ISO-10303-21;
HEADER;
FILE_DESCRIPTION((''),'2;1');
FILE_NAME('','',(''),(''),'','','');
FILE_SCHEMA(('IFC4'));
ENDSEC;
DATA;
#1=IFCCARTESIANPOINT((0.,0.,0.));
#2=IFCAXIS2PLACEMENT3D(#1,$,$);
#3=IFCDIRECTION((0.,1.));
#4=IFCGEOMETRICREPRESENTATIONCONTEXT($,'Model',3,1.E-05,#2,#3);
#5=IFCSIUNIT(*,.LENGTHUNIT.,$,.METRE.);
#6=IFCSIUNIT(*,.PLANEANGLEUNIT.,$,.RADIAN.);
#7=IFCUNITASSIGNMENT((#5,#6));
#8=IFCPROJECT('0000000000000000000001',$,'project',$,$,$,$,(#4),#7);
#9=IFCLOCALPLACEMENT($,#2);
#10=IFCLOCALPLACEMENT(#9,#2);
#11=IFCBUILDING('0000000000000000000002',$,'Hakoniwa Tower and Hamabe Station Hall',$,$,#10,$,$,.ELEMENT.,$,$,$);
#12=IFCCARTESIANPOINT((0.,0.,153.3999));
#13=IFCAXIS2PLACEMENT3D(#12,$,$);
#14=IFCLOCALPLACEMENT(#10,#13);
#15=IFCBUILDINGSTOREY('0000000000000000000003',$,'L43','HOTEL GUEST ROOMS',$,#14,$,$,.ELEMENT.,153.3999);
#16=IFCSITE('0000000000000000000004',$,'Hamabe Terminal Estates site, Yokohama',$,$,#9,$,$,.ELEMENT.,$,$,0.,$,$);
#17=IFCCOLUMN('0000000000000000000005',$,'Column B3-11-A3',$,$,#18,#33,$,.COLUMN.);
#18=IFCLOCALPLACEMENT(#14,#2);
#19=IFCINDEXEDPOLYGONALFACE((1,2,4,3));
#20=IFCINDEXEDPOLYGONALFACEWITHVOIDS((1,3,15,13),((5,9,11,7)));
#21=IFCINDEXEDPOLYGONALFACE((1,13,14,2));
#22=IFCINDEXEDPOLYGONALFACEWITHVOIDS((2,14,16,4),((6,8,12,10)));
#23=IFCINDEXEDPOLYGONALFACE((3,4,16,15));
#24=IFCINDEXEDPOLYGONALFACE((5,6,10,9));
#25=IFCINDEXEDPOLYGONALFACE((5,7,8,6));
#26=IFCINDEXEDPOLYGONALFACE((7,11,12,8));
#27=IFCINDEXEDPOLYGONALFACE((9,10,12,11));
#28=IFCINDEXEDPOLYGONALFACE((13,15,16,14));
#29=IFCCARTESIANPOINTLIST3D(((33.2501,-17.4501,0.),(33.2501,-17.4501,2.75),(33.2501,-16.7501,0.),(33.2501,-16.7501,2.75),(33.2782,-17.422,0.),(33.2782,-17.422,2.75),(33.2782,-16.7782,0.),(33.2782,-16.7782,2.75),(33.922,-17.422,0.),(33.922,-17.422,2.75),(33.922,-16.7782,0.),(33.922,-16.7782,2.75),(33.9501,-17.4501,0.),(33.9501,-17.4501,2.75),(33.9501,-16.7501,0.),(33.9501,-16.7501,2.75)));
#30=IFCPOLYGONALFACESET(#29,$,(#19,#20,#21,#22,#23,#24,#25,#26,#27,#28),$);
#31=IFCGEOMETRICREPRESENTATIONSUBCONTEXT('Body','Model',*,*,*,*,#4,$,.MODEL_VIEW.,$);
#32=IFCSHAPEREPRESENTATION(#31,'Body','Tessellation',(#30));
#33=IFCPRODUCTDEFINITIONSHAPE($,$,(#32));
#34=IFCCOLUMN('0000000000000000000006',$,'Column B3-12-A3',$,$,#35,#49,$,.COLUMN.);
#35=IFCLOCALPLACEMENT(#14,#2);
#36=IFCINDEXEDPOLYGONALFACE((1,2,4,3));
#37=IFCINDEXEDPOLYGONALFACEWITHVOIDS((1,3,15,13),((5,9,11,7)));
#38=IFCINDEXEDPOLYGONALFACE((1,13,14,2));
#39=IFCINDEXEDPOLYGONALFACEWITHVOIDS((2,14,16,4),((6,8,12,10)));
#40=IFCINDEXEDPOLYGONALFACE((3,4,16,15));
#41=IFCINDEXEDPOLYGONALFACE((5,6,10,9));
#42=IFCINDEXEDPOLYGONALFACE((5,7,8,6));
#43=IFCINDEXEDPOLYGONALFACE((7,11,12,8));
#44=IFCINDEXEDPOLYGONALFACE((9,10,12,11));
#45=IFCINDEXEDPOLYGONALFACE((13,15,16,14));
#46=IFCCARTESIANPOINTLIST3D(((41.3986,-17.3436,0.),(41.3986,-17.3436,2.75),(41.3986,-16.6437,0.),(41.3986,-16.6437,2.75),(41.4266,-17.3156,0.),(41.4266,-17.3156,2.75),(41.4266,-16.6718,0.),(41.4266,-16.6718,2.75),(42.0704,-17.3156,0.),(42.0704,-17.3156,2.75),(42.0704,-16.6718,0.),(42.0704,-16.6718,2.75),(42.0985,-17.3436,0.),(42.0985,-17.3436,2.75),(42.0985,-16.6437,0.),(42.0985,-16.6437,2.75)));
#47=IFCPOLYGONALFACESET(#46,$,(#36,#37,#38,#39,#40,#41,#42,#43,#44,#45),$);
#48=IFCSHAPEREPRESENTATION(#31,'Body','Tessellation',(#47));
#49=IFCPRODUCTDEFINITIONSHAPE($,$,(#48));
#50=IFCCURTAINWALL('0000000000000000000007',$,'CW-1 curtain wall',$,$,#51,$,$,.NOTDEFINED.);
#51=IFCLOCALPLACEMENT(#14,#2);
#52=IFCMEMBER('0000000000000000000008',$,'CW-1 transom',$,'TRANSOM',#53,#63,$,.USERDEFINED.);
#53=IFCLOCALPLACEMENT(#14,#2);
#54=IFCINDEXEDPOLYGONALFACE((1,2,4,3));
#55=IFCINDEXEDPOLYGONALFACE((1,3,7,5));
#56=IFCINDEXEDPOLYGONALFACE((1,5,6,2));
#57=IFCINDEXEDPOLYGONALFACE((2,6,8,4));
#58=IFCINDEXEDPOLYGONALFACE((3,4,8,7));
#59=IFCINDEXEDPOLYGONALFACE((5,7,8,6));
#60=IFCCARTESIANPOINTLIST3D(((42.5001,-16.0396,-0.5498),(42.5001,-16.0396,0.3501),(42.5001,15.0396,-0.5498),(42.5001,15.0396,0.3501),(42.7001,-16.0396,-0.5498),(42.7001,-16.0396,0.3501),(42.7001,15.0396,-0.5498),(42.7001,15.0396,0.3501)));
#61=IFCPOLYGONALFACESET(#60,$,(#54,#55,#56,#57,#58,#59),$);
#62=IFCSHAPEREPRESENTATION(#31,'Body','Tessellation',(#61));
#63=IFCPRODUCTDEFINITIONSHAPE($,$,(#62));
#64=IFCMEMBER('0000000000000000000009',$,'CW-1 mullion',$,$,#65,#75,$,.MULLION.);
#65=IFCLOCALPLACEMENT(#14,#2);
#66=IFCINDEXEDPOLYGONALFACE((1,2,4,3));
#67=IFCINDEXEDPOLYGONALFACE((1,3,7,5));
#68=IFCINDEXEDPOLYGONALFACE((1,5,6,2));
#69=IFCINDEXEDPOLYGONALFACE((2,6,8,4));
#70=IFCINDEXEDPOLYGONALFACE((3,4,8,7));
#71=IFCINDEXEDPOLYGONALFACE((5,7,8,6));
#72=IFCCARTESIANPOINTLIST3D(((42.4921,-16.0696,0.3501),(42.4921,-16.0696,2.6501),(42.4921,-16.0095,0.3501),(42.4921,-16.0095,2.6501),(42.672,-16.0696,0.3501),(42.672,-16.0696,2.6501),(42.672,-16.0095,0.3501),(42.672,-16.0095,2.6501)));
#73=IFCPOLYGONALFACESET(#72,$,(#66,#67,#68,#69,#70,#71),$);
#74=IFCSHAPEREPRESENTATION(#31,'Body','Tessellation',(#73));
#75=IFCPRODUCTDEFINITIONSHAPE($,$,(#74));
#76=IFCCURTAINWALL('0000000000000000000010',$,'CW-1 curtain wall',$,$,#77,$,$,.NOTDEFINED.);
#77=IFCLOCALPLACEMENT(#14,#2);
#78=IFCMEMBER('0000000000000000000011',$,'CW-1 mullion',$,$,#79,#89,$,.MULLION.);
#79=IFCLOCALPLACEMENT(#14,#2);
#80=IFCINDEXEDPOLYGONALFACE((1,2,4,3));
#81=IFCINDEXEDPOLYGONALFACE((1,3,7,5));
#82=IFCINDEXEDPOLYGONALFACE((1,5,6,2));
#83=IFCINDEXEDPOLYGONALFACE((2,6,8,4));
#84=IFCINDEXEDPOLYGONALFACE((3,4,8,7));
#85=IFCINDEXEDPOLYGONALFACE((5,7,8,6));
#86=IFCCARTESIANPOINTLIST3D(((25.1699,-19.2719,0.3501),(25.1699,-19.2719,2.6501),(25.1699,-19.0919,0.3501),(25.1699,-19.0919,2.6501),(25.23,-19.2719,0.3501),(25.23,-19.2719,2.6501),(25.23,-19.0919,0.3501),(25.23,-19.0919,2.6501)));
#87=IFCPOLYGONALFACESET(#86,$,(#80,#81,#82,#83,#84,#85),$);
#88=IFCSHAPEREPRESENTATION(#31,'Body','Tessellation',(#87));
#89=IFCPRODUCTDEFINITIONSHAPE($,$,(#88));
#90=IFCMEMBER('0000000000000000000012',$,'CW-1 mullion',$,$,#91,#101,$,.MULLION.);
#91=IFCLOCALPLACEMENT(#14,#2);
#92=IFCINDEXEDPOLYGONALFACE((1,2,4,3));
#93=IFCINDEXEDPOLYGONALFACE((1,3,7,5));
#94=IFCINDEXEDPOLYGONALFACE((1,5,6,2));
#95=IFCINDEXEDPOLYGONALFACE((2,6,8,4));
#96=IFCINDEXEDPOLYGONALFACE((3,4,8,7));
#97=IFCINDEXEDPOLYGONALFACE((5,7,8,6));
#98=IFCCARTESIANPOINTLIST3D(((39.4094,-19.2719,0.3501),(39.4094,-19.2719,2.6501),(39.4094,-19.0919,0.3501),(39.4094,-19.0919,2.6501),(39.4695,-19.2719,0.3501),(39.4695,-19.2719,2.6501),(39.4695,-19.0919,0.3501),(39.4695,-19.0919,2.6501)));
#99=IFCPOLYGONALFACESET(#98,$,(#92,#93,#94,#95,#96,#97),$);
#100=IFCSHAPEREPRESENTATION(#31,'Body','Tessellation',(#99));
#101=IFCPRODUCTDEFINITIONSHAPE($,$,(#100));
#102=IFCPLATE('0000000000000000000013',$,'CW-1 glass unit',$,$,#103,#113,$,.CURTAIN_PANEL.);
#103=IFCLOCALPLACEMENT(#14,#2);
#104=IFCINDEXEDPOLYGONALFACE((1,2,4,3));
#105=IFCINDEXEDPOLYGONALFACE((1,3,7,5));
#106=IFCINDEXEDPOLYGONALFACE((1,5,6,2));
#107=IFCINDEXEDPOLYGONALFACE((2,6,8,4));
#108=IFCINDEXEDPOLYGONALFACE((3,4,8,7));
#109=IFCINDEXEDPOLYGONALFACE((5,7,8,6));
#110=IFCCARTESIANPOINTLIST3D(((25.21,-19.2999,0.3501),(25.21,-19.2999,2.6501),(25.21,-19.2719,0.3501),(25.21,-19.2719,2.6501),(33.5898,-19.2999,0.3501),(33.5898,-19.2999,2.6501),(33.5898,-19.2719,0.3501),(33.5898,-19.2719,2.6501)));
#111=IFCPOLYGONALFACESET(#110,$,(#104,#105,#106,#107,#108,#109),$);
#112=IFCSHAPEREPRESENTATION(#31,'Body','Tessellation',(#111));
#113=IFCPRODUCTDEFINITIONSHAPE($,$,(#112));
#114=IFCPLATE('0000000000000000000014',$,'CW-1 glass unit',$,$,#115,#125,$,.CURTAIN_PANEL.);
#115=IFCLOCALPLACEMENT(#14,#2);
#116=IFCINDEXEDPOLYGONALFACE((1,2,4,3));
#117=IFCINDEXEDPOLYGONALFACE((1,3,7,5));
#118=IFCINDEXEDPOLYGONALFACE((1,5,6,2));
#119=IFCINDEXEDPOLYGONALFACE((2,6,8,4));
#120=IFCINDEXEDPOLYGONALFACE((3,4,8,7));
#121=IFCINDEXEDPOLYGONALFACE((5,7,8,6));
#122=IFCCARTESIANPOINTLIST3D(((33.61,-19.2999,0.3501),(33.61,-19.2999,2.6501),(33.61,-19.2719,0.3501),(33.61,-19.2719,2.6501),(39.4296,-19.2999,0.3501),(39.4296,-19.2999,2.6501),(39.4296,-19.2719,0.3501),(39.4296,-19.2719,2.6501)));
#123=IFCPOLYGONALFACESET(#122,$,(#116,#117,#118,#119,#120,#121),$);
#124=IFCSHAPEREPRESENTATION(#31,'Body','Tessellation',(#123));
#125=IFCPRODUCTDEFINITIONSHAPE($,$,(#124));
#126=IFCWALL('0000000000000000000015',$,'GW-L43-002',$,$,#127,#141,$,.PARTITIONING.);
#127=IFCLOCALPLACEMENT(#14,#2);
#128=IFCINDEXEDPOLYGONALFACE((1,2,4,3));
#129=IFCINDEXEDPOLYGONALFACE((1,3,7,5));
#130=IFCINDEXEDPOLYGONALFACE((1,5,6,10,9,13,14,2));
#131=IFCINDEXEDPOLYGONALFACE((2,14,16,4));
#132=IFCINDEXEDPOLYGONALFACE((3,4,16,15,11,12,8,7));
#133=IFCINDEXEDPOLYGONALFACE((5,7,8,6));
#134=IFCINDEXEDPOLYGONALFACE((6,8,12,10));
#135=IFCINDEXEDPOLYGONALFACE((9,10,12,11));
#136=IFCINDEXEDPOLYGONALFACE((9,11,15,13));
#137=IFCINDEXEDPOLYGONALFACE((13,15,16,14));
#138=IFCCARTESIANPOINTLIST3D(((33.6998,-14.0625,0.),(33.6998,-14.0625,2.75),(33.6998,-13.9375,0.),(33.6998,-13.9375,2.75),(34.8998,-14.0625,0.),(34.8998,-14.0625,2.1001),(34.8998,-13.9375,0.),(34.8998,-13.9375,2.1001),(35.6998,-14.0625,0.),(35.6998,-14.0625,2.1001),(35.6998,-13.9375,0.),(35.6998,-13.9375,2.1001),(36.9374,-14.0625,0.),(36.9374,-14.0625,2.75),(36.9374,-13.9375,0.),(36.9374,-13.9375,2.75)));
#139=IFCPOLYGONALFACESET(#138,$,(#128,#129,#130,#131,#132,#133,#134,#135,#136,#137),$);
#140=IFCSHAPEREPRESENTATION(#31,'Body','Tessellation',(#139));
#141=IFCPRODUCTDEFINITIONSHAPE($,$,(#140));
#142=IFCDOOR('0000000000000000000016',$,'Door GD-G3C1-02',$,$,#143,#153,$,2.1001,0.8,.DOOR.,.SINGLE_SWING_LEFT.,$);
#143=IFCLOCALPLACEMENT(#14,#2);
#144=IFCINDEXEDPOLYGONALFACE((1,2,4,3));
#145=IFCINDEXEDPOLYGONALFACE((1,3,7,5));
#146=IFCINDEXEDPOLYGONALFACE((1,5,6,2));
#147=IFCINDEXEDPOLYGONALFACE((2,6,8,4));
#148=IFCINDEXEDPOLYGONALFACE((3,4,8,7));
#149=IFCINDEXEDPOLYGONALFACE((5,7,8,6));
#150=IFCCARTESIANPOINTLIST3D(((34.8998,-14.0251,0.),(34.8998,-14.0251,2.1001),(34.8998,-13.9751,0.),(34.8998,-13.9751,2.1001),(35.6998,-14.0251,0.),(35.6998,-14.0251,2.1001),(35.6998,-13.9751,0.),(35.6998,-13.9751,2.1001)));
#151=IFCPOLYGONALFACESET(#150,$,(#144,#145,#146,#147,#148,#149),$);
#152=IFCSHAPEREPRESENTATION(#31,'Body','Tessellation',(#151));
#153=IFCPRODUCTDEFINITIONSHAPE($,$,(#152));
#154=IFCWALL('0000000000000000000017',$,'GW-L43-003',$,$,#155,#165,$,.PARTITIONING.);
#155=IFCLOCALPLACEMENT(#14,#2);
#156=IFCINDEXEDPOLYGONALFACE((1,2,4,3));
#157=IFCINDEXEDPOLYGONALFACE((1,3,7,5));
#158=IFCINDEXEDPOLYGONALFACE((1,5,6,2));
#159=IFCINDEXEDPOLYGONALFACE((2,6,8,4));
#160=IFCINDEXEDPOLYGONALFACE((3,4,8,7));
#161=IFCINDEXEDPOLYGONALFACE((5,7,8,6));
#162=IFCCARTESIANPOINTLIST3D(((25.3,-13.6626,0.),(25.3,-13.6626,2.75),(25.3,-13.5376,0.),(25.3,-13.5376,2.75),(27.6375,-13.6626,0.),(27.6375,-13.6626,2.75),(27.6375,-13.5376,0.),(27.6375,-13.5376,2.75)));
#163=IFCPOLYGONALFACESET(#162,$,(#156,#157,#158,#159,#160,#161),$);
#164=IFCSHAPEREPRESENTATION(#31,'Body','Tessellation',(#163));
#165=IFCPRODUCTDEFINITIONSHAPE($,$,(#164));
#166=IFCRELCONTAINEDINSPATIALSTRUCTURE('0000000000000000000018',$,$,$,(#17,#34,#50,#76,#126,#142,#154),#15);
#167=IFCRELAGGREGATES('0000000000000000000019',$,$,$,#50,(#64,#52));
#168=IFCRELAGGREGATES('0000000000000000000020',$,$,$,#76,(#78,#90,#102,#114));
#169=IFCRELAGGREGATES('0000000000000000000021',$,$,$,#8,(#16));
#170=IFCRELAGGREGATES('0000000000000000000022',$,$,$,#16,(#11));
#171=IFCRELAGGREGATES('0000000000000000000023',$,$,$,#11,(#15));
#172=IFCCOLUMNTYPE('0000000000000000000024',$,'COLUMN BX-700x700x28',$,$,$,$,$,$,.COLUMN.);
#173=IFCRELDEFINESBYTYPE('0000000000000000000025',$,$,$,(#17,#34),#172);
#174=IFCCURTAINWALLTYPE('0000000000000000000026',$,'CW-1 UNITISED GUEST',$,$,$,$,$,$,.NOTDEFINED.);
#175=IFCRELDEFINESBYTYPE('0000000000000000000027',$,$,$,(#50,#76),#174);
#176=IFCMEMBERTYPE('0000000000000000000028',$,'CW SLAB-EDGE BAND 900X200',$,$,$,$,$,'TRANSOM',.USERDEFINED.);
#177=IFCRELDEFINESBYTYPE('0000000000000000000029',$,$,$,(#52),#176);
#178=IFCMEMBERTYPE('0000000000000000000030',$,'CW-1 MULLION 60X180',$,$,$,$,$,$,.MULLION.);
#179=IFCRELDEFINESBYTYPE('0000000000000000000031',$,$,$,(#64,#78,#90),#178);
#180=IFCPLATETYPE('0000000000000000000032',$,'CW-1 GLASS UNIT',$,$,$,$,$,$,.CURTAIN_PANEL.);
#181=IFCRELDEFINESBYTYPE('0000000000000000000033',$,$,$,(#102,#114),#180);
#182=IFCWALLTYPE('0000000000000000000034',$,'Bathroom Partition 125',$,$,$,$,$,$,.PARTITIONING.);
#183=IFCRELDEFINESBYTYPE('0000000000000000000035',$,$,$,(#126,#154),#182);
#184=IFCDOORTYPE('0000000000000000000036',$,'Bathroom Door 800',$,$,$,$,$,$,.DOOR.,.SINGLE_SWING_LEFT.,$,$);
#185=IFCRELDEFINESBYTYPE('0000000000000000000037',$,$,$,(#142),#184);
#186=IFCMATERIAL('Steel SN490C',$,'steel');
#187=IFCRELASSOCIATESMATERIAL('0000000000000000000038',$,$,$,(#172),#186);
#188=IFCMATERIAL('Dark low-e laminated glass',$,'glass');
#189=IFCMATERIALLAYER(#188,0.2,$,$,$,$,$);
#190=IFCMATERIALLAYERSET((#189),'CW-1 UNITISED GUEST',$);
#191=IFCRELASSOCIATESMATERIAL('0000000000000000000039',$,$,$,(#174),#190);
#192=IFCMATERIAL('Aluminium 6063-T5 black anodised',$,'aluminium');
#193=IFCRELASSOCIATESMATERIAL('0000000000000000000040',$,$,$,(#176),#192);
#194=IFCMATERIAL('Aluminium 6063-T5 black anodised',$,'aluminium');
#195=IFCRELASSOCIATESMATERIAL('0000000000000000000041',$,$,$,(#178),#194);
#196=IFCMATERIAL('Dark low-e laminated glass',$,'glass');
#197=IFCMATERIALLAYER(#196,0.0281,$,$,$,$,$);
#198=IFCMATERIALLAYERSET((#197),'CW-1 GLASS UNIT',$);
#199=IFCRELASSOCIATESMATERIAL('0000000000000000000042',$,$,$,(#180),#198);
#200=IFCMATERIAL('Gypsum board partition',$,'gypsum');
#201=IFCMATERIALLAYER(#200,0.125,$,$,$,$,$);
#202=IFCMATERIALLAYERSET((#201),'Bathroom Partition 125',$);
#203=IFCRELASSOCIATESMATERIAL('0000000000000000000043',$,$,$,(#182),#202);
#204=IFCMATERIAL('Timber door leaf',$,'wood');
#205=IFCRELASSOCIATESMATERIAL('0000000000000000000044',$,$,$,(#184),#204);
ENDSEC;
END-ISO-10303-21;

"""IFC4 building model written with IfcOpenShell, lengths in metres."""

from ifc_helpers import new_model, si_unit, direction, frame, frame_2d, origin, origin_2d, place, context, subcontext, project, spatial, rectangle, hollow_rectangle, extrude, material, layer, layer_set, material_profile, profile_set, type_object, element, fill, aggregate, save


model = new_model("IFC4")

# Units and contexts
model_context = context("Model", 3, precision=1e-05, world=origin(), true_north=direction((0.0, 1.0)))
body_context = subcontext(model_context, "Body", "Model", "MODEL_VIEW")
ifc_project = project(units=[si_unit("LENGTHUNIT", "METRE"), si_unit("PLANEANGLEUNIT", "RADIAN")], contexts=[model_context])

# Site, building, storey
site_placement = place(None, origin())
site = spatial("IfcSite", under=ifc_project, at=site_placement, Name="Hamabe Terminal Estates site, Yokohama", CompositionType="ELEMENT", RefElevation=0.0)
building_placement = place(site_placement, origin())
building = spatial("IfcBuilding", under=site, at=building_placement, Name="Hakoniwa Tower and Hamabe Station Hall", CompositionType="ELEMENT")
storey_placement = place(building_placement, frame((0.0, 0.0, 153.3999)))
storey = spatial("IfcBuildingStorey", under=building, at=storey_placement, Name="L43", Description="HOTEL GUEST ROOMS", CompositionType="ELEMENT", Elevation=153.3999)

# Columns
ifc_material_1 = material(Name="Steel SN490C", Category="steel")
ifc_material_profile_1 = material_profile(ifc_material_1, hollow_rectangle(XDim=0.7, YDim=0.7, WallThickness=0.0281, at=origin_2d()), Name="BX-700x700x28")
ifc_profile_set_1 = profile_set([ifc_material_profile_1], Name="Steel SN490C")
column_type = type_object("IfcColumnType", Name="COLUMN BX-700x700x28", PredefinedType="COLUMN", material=ifc_profile_set_1)
for number, where, z_axis, x_axis, name in (
    (1, (33.6001, -17.1001, 0.0), (0.0, 0.0, 1.0), (1.0, 0.0, 0.0), "Column B3-11-A3"),
    (2, (41.7485, -16.9937, 0.0), (0.0, 0.0, 1.0), (1.0, 0.0, 0.0), "Column B3-12-A3"),
):
    element("IfcColumn", number, at=place(storey_placement, frame(where, z_axis=z_axis, x_axis=x_axis)), inside=storey, type_object=column_type, Name=name, PredefinedType="COLUMN", context=body_context, shape_type="SweptSolid", body=[
        extrude(hollow_rectangle(XDim=0.7, YDim=0.7, WallThickness=0.0281, at=origin_2d()), origin(), (0.0, 0.0, 1.0), 2.75),
    ])

# Curtain wall, members
ifc_material_2 = material(Name="Dark low-e laminated glass", Category="glass")
ifc_layer_1 = layer(ifc_material_2, 0.2)
ifc_layer_set_1 = layer_set([ifc_layer_1], Name="CW-1 UNITISED GUEST")
curtain_wall_type = type_object("IfcCurtainWallType", Name="CW-1 UNITISED GUEST", PredefinedType="NOTDEFINED", material=ifc_layer_set_1)
curtain_wall_1_placement = place(storey_placement, origin())
curtain_wall_1 = element("IfcCurtainWall", 3, at=curtain_wall_1_placement, inside=storey, type_object=curtain_wall_type, Name="CW-1 curtain wall", PredefinedType="NOTDEFINED")
ifc_material_3 = material(Name="Aluminium 6063-T5 black anodised", Category="aluminium")
ifc_material_profile_2 = material_profile(ifc_material_3, rectangle(XDim=0.2, YDim=0.8999, at=origin_2d()), Name="CW SLAB-EDGE BAND 900X200")
ifc_profile_set_2 = profile_set([ifc_material_profile_2], Name="Aluminium 6063-T5 black anodised")
member_type_1 = type_object("IfcMemberType", Name="CW SLAB-EDGE BAND 900X200", ElementType="TRANSOM", PredefinedType="USERDEFINED", material=ifc_profile_set_2)
member_1_placement = place(storey_placement, frame((42.6001, -16.0396, -0.0999), z_axis=(0.0, 1.0, 0.0), x_axis=(-1.0, 0.0, 0.0)))
member_1 = element("IfcMember", 4, at=member_1_placement, type_object=member_type_1, Name="CW-1 transom", ObjectType="TRANSOM", PredefinedType="USERDEFINED", context=body_context, shape_type="SweptSolid", body=[
    extrude(rectangle(XDim=0.2, YDim=0.8999, at=origin_2d()), origin(), (0.0, 0.0, 1.0), 31.0791),
])
ifc_material_4 = material(Name="Aluminium 6063-T5 black anodised", Category="aluminium")
ifc_material_profile_3 = material_profile(ifc_material_4, rectangle(XDim=0.0601, YDim=0.1799, at=origin_2d()), Name="CW-1 MULLION 60X180")
ifc_profile_set_3 = profile_set([ifc_material_profile_3], Name="Aluminium 6063-T5 black anodised")
member_type_2 = type_object("IfcMemberType", Name="CW-1 MULLION 60X180", PredefinedType="MULLION", material=ifc_profile_set_3)
member_2_placement = place(storey_placement, frame((42.582, -16.0396, 0.3501), z_axis=(0.0, 0.0, 1.0), x_axis=(0.0, 1.0, 0.0)))
member_2 = element("IfcMember", 5, at=member_2_placement, type_object=member_type_2, Name="CW-1 mullion", PredefinedType="MULLION", context=body_context, shape_type="SweptSolid", body=[
    extrude(rectangle(XDim=0.0601, YDim=0.1799, at=origin_2d()), origin(), (0.0, 0.0, 1.0), 2.3),
])
aggregate(curtain_wall_1, [member_2, member_1])

# Curtain wall, members, plates
curtain_wall_2_placement = place(storey_placement, origin())
curtain_wall_2 = element("IfcCurtainWall", 6, at=curtain_wall_2_placement, inside=storey, type_object=curtain_wall_type, Name="CW-1 curtain wall", PredefinedType="NOTDEFINED")
member_3_placement = place(storey_placement, frame((25.2, -19.1819, 0.3501), z_axis=(0.0, 0.0, 1.0), x_axis=(1.0, 0.0, 0.0)))
member_3 = element("IfcMember", 7, at=member_3_placement, type_object=member_type_2, Name="CW-1 mullion", PredefinedType="MULLION", context=body_context, shape_type="SweptSolid", body=[
    extrude(rectangle(XDim=0.0601, YDim=0.1799, at=origin_2d()), origin(), (0.0, 0.0, 1.0), 2.3),
])
member_4_placement = place(storey_placement, frame((39.4395, -19.1819, 0.3501), z_axis=(0.0, 0.0, 1.0), x_axis=(1.0, 0.0, 0.0)))
member_4 = element("IfcMember", 8, at=member_4_placement, type_object=member_type_2, Name="CW-1 mullion", PredefinedType="MULLION", context=body_context, shape_type="SweptSolid", body=[
    extrude(rectangle(XDim=0.0601, YDim=0.1799, at=origin_2d()), origin(), (0.0, 0.0, 1.0), 2.3),
])
ifc_material_5 = material(Name="Dark low-e laminated glass", Category="glass")
ifc_layer_2 = layer(ifc_material_5, 0.0281)
ifc_layer_set_2 = layer_set([ifc_layer_2], Name="CW-1 GLASS UNIT")
plate_type = type_object("IfcPlateType", Name="CW-1 GLASS UNIT", PredefinedType="CURTAIN_PANEL", material=ifc_layer_set_2)
plate_1_placement = place(storey_placement, frame((29.3999, -19.2859, 0.3501), z_axis=(0.0, 0.0, 1.0), x_axis=(1.0, 0.0, 0.0)))
plate_1 = element("IfcPlate", 9, at=plate_1_placement, type_object=plate_type, Name="CW-1 glass unit", PredefinedType="CURTAIN_PANEL", context=body_context, shape_type="SweptSolid", body=[
    extrude(rectangle(XDim=8.3799, YDim=0.0281, at=origin_2d()), origin(), (0.0, 0.0, 1.0), 2.3),
])
plate_2_placement = place(storey_placement, frame((36.5198, -19.2859, 0.3501), z_axis=(0.0, 0.0, 1.0), x_axis=(1.0, 0.0, 0.0)))
plate_2 = element("IfcPlate", 10, at=plate_2_placement, type_object=plate_type, Name="CW-1 glass unit", PredefinedType="CURTAIN_PANEL", context=body_context, shape_type="SweptSolid", body=[
    extrude(rectangle(XDim=5.8196, YDim=0.0281, at=origin_2d()), origin(), (0.0, 0.0, 1.0), 2.3),
])
aggregate(curtain_wall_2, [member_3, member_4, plate_1, plate_2])

# Wall, opening, door
ifc_material_6 = material(Name="Gypsum board partition", Category="gypsum")
ifc_layer_3 = layer(ifc_material_6, 0.125)
ifc_layer_set_3 = layer_set([ifc_layer_3], Name="Bathroom Partition 125")
wall_type_1 = type_object("IfcWallType", Name="Bathroom Partition 125", PredefinedType="PARTITIONING", material=ifc_layer_set_3)
wall_1_placement = place(storey_placement, frame((33.7, -14.0, 0.0), z_axis=(0.0, 0.0, 1.0), x_axis=(1.0, 0.0, 0.0)))
wall_1 = element("IfcWall", 11, at=wall_1_placement, inside=storey, type_object=wall_type_1, Name="GW-L43-002", PredefinedType="PARTITIONING", context=body_context, shape_type="SweptSolid", body=[
    extrude(rectangle(XDim=3.2375, YDim=0.125, at=frame_2d((1.6187, 0.0))), origin(), (0.0, 0.0, 1.0), 2.75),
])
opening_1_placement = place(wall_1_placement, frame((1.2, 0.0, 0.0)))
opening_1 = element("IfcOpeningElement", 12, at=opening_1_placement, cuts=wall_1, PredefinedType="OPENING", context=body_context, shape_type="SweptSolid", body=[
    extrude(rectangle(XDim=0.8, YDim=2.1001, at=frame_2d((0.3999, 1.05))), frame((0.0, 0.0725, 0.0), z_axis=(0.0, -1.0, 0.0), x_axis=(1.0, 0.0, 0.0)), (0.0, 0.0, 1.0), 0.145),
])
ifc_material_7 = material(Name="Timber door leaf", Category="wood")
door_type = type_object("IfcDoorType", Name="Bathroom Door 800", OperationType="SINGLE_SWING_LEFT", PredefinedType="DOOR", material=ifc_material_7)
door_1_placement = place(opening_1_placement, origin())
door_1 = element("IfcDoor", 13, at=door_1_placement, inside=storey, type_object=door_type, Name="Door GD-G3C1-02", OperationType="SINGLE_SWING_LEFT", OverallHeight=2.1001, OverallWidth=0.8, PredefinedType="DOOR", context=body_context, shape_type="SweptSolid", body=[
    extrude(rectangle(XDim=0.8, YDim=2.1001, at=frame_2d((0.3999, 1.05))), frame((0.0, 0.0249, 0.0), z_axis=(0.0, -1.0, 0.0), x_axis=(1.0, 0.0, 0.0)), (0.0, 0.0, 1.0), 0.05),
])
fill(opening_1, door_1)

# Wall
wall_2_placement = place(storey_placement, frame((25.3, -13.6001, 0.0), z_axis=(0.0, 0.0, 1.0), x_axis=(1.0, 0.0, 0.0)))
element("IfcWall", 14, at=wall_2_placement, inside=storey, type_object=wall_type_1, Name="GW-L43-003", PredefinedType="PARTITIONING", context=body_context, shape_type="SweptSolid", body=[
    extrude(rectangle(XDim=2.3374, YDim=0.125, at=frame_2d((1.1687, 0.0))), origin(), (0.0, 0.0, 1.0), 2.75),
])

save(model, "model.ifc")
